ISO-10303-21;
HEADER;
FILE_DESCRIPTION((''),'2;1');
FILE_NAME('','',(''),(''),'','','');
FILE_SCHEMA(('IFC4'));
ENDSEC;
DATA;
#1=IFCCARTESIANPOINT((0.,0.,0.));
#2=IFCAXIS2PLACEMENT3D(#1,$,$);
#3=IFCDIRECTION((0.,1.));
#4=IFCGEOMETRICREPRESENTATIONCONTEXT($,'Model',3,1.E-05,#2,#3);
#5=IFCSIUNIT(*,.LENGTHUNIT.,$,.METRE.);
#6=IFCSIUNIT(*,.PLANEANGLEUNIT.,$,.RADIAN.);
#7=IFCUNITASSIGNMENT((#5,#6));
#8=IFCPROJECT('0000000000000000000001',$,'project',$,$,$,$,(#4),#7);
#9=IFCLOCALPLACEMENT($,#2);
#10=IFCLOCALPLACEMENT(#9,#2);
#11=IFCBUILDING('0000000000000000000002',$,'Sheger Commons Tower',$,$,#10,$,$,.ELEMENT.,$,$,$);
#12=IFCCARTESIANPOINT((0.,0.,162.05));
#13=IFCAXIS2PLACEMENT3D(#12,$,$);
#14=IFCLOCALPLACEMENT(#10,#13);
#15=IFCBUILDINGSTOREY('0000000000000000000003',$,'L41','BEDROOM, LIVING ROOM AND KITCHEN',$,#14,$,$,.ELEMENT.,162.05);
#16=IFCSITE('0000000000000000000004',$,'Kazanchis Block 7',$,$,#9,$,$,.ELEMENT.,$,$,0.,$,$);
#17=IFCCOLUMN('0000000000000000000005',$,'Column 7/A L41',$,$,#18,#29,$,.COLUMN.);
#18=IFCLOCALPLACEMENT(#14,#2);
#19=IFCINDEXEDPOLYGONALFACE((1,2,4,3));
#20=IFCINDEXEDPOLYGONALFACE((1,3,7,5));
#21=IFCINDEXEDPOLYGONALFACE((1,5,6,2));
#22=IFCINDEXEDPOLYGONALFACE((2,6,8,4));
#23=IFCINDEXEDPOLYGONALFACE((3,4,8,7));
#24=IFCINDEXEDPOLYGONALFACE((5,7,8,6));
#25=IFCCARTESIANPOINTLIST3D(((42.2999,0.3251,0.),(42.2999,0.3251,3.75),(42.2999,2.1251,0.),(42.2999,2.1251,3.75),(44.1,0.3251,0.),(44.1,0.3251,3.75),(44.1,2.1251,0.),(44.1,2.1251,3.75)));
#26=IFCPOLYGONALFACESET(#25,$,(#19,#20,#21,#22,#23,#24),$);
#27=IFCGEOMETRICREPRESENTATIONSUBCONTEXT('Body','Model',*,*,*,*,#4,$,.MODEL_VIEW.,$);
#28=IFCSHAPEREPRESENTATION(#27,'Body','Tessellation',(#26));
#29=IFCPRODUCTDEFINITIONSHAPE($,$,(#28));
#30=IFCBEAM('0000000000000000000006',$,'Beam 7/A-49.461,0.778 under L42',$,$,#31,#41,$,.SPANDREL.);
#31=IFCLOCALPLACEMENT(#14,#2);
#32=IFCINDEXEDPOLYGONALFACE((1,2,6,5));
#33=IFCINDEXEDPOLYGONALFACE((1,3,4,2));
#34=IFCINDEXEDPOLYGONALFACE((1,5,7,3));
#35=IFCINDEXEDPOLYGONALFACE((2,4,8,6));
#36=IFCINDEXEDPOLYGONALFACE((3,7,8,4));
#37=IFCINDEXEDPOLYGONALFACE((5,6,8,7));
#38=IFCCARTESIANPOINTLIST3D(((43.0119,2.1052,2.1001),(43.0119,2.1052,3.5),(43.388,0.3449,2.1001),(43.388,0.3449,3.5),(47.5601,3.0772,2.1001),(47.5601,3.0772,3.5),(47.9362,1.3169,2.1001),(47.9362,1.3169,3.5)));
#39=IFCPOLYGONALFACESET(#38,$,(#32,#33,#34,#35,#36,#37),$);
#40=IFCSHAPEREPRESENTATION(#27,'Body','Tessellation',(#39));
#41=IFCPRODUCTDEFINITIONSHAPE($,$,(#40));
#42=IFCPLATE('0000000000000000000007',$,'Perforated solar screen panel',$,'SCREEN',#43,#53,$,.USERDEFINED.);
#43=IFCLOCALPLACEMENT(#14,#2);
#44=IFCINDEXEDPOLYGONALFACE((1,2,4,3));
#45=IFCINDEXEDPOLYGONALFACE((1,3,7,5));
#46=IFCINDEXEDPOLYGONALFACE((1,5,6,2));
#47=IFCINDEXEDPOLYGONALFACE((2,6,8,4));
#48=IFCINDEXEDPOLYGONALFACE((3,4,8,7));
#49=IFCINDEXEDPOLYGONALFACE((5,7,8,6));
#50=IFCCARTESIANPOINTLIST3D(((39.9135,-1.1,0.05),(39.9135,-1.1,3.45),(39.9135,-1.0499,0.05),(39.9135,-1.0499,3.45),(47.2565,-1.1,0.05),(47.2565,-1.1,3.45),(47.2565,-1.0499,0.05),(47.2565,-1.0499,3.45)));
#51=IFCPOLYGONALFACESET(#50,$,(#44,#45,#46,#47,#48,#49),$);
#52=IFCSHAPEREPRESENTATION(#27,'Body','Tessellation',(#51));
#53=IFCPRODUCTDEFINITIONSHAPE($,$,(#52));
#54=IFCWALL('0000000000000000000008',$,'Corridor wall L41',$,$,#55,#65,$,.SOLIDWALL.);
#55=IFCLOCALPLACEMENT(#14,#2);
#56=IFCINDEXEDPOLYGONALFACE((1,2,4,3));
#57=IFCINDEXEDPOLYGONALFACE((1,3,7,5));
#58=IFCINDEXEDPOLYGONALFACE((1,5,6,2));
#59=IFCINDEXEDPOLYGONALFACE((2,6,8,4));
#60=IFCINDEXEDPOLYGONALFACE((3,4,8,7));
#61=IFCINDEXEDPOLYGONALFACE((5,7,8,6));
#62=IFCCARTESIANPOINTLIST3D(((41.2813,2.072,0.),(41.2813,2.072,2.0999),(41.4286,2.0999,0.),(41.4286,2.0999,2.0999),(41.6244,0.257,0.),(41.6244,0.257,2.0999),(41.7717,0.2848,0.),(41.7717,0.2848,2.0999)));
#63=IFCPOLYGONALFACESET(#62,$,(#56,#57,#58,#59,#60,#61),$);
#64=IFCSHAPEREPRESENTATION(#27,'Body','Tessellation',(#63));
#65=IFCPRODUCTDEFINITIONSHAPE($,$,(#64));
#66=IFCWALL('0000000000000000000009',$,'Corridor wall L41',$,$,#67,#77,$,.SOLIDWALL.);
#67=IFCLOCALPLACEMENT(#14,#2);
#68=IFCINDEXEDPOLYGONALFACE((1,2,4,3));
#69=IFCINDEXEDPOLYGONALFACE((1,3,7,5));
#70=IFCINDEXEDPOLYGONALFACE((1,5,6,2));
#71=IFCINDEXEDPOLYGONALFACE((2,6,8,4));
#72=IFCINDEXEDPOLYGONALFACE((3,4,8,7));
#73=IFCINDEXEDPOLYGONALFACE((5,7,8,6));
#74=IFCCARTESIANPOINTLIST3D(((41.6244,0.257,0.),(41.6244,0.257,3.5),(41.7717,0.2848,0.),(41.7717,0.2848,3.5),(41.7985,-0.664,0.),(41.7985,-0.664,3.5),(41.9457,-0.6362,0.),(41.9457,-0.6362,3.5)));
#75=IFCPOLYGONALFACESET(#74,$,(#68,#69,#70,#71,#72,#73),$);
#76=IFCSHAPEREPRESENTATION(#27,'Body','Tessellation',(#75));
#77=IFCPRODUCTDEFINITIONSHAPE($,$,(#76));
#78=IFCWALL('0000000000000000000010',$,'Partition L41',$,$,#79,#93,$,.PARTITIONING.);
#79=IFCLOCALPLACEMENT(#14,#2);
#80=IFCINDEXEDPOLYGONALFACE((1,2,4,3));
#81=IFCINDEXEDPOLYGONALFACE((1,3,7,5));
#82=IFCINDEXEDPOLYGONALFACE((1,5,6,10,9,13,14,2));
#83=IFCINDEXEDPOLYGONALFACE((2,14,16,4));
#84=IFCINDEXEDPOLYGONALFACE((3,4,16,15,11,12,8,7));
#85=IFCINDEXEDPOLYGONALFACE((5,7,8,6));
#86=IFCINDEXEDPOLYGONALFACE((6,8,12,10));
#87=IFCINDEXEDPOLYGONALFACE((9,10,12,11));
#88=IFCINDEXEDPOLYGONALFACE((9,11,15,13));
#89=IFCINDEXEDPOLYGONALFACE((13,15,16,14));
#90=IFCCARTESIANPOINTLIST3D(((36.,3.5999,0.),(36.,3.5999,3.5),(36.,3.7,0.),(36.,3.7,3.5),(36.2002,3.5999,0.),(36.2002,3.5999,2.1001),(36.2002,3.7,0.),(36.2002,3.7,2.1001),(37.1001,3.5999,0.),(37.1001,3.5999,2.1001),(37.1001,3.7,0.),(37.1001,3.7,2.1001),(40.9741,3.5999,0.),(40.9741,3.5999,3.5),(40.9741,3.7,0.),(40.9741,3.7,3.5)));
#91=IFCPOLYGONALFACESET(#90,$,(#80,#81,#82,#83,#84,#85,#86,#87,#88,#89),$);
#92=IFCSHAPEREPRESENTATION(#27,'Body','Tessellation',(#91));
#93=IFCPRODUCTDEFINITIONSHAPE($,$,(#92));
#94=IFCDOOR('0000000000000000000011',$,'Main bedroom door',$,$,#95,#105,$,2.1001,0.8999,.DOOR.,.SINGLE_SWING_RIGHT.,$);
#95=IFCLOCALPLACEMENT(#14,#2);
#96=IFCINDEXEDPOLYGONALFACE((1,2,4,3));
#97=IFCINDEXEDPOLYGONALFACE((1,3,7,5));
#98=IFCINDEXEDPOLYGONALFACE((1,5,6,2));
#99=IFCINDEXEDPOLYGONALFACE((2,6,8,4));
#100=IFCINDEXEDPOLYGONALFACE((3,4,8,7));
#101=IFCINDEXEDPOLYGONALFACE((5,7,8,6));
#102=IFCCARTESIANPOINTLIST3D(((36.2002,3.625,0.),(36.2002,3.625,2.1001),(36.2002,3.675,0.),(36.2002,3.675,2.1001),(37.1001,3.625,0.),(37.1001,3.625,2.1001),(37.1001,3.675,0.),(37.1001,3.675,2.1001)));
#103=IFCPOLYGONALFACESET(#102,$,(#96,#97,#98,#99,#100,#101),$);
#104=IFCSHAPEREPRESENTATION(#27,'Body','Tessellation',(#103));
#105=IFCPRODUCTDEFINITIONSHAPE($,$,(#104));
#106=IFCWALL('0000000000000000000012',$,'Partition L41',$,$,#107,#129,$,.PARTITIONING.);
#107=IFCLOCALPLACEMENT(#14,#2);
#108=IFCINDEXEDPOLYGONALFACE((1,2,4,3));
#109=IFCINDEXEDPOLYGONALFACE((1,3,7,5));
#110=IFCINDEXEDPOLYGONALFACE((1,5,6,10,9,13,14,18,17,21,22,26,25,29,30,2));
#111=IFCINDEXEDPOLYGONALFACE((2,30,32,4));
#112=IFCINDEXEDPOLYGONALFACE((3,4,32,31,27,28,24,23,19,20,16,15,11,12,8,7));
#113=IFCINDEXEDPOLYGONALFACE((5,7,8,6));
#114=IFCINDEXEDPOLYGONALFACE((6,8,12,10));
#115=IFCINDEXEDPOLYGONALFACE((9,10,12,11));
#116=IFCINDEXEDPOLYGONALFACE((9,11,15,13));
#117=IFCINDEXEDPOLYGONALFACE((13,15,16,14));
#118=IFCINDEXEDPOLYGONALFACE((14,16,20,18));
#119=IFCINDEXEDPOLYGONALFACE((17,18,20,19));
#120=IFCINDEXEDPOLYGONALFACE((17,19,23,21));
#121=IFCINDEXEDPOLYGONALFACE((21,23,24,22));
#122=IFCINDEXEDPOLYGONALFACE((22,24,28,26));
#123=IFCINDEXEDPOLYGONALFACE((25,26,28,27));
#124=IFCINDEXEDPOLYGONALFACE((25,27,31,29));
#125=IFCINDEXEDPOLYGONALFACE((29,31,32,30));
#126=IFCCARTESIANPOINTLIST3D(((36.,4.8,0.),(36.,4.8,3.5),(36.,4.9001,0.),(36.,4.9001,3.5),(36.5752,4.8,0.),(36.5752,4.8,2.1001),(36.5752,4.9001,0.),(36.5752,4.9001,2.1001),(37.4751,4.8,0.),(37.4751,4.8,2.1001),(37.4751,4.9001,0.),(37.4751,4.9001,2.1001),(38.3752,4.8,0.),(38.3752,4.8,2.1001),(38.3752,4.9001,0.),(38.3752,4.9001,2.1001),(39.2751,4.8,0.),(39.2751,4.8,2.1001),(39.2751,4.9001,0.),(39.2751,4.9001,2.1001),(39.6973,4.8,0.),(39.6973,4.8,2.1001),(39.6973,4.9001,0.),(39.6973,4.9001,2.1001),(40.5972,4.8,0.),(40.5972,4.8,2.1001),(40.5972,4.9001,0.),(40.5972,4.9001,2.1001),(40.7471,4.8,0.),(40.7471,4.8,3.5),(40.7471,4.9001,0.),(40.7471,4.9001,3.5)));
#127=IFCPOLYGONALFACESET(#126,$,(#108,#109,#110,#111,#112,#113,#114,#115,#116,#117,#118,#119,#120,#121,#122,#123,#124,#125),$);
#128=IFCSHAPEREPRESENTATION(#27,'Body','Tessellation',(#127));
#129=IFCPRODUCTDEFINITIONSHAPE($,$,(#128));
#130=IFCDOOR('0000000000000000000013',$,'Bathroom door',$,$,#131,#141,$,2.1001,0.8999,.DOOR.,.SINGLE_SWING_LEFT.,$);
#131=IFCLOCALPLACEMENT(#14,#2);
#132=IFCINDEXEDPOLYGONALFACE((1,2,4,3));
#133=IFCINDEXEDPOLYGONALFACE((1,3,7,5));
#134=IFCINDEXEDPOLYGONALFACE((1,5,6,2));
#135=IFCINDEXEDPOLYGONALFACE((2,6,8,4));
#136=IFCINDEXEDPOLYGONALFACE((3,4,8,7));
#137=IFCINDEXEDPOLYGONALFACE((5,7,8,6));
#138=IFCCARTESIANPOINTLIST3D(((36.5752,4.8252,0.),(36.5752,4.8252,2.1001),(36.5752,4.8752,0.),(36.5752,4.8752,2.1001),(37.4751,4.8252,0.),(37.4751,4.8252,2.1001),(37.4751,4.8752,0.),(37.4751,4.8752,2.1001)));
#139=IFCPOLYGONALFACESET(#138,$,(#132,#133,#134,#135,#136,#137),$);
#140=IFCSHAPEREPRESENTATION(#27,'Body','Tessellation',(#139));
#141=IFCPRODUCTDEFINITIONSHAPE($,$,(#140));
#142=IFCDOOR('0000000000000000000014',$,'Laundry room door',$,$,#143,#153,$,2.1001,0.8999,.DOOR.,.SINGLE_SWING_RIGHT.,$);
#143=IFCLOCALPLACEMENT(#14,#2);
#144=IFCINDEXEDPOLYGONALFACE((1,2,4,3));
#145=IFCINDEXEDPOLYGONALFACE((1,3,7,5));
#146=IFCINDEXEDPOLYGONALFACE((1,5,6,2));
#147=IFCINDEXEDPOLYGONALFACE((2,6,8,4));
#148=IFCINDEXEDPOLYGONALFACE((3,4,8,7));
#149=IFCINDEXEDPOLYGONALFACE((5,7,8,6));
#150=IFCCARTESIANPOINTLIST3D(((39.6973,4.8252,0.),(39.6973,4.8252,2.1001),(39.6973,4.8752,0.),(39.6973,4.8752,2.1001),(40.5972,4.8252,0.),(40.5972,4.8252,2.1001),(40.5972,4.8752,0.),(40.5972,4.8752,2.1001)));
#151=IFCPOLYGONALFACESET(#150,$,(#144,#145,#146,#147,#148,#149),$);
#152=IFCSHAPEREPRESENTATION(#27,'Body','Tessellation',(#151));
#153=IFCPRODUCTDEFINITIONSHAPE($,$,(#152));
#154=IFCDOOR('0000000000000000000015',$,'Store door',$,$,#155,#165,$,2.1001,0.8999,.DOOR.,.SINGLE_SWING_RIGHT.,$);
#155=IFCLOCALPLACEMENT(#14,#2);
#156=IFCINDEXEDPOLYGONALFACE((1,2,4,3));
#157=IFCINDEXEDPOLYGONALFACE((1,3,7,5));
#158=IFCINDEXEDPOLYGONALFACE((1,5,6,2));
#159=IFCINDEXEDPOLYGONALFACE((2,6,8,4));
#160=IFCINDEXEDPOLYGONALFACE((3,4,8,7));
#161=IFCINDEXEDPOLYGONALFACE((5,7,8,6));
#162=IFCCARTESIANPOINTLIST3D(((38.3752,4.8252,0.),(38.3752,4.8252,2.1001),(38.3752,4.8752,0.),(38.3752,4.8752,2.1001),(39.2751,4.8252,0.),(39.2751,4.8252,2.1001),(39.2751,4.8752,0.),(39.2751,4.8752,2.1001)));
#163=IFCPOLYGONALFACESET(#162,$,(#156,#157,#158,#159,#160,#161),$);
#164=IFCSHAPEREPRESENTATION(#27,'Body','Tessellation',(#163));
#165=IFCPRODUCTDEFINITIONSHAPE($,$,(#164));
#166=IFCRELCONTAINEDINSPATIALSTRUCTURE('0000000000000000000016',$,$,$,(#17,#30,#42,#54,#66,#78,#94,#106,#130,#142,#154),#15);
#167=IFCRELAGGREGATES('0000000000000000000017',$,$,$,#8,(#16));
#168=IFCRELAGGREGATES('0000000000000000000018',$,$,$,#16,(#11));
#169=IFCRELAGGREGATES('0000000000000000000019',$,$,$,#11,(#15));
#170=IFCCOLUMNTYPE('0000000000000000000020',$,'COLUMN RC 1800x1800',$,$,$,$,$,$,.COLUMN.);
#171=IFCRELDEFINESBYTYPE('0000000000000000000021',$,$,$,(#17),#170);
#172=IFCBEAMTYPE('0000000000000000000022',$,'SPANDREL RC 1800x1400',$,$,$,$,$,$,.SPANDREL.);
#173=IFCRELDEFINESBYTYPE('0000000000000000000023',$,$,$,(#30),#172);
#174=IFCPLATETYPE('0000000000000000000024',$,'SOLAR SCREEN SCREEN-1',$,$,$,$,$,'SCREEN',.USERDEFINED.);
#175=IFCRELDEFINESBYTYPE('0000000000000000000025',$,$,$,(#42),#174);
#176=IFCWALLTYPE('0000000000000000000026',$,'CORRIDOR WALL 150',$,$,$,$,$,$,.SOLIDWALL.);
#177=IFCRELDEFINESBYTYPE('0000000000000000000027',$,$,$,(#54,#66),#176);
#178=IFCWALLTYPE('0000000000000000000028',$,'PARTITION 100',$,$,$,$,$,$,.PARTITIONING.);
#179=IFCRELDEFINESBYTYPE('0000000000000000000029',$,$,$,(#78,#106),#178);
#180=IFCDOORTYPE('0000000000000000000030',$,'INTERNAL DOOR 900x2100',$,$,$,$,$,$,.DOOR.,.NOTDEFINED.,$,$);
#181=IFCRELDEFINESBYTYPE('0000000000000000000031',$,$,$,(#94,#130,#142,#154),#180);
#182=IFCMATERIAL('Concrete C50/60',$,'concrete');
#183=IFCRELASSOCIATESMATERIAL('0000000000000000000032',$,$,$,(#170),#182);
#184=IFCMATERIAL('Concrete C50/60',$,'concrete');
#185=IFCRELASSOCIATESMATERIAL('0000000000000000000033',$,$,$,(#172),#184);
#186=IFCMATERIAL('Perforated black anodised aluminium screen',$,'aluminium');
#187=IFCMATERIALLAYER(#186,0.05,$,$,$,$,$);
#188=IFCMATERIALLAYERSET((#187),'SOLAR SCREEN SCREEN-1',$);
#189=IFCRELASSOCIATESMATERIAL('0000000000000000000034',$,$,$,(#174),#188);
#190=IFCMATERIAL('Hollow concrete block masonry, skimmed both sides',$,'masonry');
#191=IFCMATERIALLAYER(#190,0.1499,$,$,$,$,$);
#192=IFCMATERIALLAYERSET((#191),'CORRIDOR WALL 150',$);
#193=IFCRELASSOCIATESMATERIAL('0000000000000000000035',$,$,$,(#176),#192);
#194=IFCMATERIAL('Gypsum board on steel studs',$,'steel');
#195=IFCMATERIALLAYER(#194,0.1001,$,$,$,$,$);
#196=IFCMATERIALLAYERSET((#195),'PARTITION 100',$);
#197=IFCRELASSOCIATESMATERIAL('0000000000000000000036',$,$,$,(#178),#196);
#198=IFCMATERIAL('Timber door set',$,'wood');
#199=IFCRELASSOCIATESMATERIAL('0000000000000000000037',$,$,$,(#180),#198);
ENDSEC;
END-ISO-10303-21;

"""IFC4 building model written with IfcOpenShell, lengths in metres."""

from ifc_helpers import new_model, si_unit, direction, frame, frame_2d, origin, origin_2d, place, context, subcontext, project, spatial, rectangle, extrude, material, layer, layer_set, material_profile, profile_set, type_object, element, fill, save


model = new_model("IFC4")

# Units and contexts
model_context = context("Model", 3, precision=1e-05, world=origin(), true_north=direction((0.0, 1.0)))
body_context = subcontext(model_context, "Body", "Model", "MODEL_VIEW")
ifc_project = project(units=[si_unit("LENGTHUNIT", "METRE"), si_unit("PLANEANGLEUNIT", "RADIAN")], contexts=[model_context])

# Site, building, storey
site_placement = place(None, origin())
site = spatial("IfcSite", under=ifc_project, at=site_placement, Name="Kazanchis Block 7", CompositionType="ELEMENT", RefElevation=0.0)
building_placement = place(site_placement, origin())
building = spatial("IfcBuilding", under=site, at=building_placement, Name="Sheger Commons Tower", CompositionType="ELEMENT")
storey_placement = place(building_placement, frame((0.0, 0.0, 162.05)))
storey = spatial("IfcBuildingStorey", under=building, at=storey_placement, Name="L41", Description="BEDROOM, LIVING ROOM AND KITCHEN", CompositionType="ELEMENT", Elevation=162.05)

# Column
ifc_material_1 = material(Name="Concrete C50/60", Category="concrete")
ifc_material_profile_1 = material_profile(ifc_material_1, rectangle(XDim=1.8, YDim=1.8, at=origin_2d()), Name="RC 1800x1800")
ifc_profile_set_1 = profile_set([ifc_material_profile_1], Name="Concrete C50/60")
column_type = type_object("IfcColumnType", Name="COLUMN RC 1800x1800", PredefinedType="COLUMN", material=ifc_profile_set_1)
column_placement = place(storey_placement, frame((43.2, 1.2251, 0.0), z_axis=(0.0, 0.0, 1.0), x_axis=(1.0, 0.0, 0.0)))
element("IfcColumn", 1, at=column_placement, inside=storey, type_object=column_type, Name="Column 7/A L41", PredefinedType="COLUMN", context=body_context, shape_type="SweptSolid", body=[
    extrude(rectangle(XDim=1.8, YDim=1.8, at=origin_2d()), origin(), (0.0, 0.0, 1.0), 3.75),
])

# Beam
ifc_material_2 = material(Name="Concrete C50/60", Category="concrete")
ifc_material_profile_2 = material_profile(ifc_material_2, rectangle(XDim=1.8, YDim=1.3999, at=origin_2d()), Name="RC 1800x1400")
ifc_profile_set_2 = profile_set([ifc_material_profile_2], Name="Concrete C50/60")
beam_type = type_object("IfcBeamType", Name="SPANDREL RC 1800x1400", PredefinedType="SPANDREL", material=ifc_profile_set_2)
beam_placement = place(storey_placement, frame((43.2, 1.2251, 2.8), z_axis=(0.97792, 0.208981, 0.0), x_axis=(-0.208981, 0.97792, 0.0)))
element("IfcBeam", 2, at=beam_placement, inside=storey, type_object=beam_type, Name="Beam 7/A-49.461,0.778 under L42", PredefinedType="SPANDREL", context=body_context, shape_type="SweptSolid", body=[
    extrude(rectangle(XDim=1.8, YDim=1.3999, at=origin_2d()), origin(), (0.0, 0.0, 1.0), 4.6509),
])

# Plate
ifc_material_3 = material(Name="Perforated black anodised aluminium screen", Category="aluminium")
ifc_layer_1 = layer(ifc_material_3, 0.05)
ifc_layer_set_1 = layer_set([ifc_layer_1], Name="SOLAR SCREEN SCREEN-1")
plate_type = type_object("IfcPlateType", Name="SOLAR SCREEN SCREEN-1", ElementType="SCREEN", PredefinedType="USERDEFINED", material=ifc_layer_set_1)
plate_placement = place(storey_placement, frame((43.585, -1.075, 0.05), z_axis=(0.0, 0.0, 1.0), x_axis=(1.0, 0.0, 0.0)))
element("IfcPlate", 3, at=plate_placement, inside=storey, type_object=plate_type, Name="Perforated solar screen panel", ObjectType="SCREEN", PredefinedType="USERDEFINED", context=body_context, shape_type="SweptSolid", body=[
    extrude(rectangle(XDim=7.343, YDim=0.05, at=origin_2d()), origin(), (0.0, 0.0, 1.0), 3.3999),
])

# Walls
ifc_material_4 = material(Name="Hollow concrete block masonry, skimmed both sides", Category="masonry")
ifc_layer_2 = layer(ifc_material_4, 0.1499)
ifc_layer_set_2 = layer_set([ifc_layer_2], Name="CORRIDOR WALL 150")
wall_type_1 = type_object("IfcWallType", Name="CORRIDOR WALL 150", PredefinedType="SOLIDWALL", material=ifc_layer_set_2)
wall_1_placement = place(storey_placement, frame((41.355, 2.0859, 0.0), z_axis=(0.0, 0.0, 1.0), x_axis=(0.185709, -0.982605, 0.0)))
element("IfcWall", 4, at=wall_1_placement, inside=storey, type_object=wall_type_1, Name="Corridor wall L41", PredefinedType="SOLIDWALL", context=body_context, shape_type="SweptSolid", body=[
    extrude(rectangle(XDim=1.8472, YDim=0.1499, at=frame_2d((0.9236, 0.0))), origin(), (0.0, 0.0, 1.0), 2.0999),
])
wall_2_placement = place(storey_placement, frame((41.698, 0.271, 0.0), z_axis=(0.0, 0.0, 1.0), x_axis=(0.185735, -0.9826, 0.0)))
element("IfcWall", 5, at=wall_2_placement, inside=storey, type_object=wall_type_1, Name="Corridor wall L41", PredefinedType="SOLIDWALL", context=body_context, shape_type="SweptSolid", body=[
    extrude(rectangle(XDim=0.9373, YDim=0.1499, at=frame_2d((0.4688, 0.0))), origin(), (0.0, 0.0, 1.0), 3.5),
])

# Wall, opening, door
ifc_material_5 = material(Name="Gypsum board on steel studs", Category="steel")
ifc_layer_3 = layer(ifc_material_5, 0.1001)
ifc_layer_set_3 = layer_set([ifc_layer_3], Name="PARTITION 100")
wall_type_2 = type_object("IfcWallType", Name="PARTITION 100", PredefinedType="PARTITIONING", material=ifc_layer_set_3)
wall_3_placement = place(storey_placement, frame((40.9741, 3.6499, 0.0), z_axis=(0.0, 0.0, 1.0), x_axis=(-1.0, 0.0, 0.0)))
wall_3 = element("IfcWall", 6, at=wall_3_placement, inside=storey, type_object=wall_type_2, Name="Partition L41", PredefinedType="PARTITIONING", context=body_context, shape_type="SweptSolid", body=[
    extrude(rectangle(XDim=4.9741, YDim=0.1001, at=frame_2d((2.4871, 0.0))), origin(), (0.0, 0.0, 1.0), 3.5),
])
opening_1_placement = place(wall_3_placement, frame((3.874, 0.0, 0.0)))
opening_1 = element("IfcOpeningElement", 7, at=opening_1_placement, cuts=wall_3, PredefinedType="OPENING", context=body_context, shape_type="SweptSolid", body=[
    extrude(rectangle(XDim=0.8999, YDim=2.1001, at=frame_2d((0.45, 1.05))), frame((0.0, 0.0601, 0.0), z_axis=(0.0, -1.0, 0.0), x_axis=(1.0, 0.0, 0.0)), (0.0, 0.0, 1.0), 0.1201),
])
ifc_material_6 = material(Name="Timber door set", Category="wood")
door_type = type_object("IfcDoorType", Name="INTERNAL DOOR 900x2100", OperationType="NOTDEFINED", PredefinedType="DOOR", material=ifc_material_6)
door_1_placement = place(opening_1_placement, origin())
door_1 = element("IfcDoor", 8, at=door_1_placement, inside=storey, type_object=door_type, Name="Main bedroom door", OperationType="SINGLE_SWING_RIGHT", OverallHeight=2.1001, OverallWidth=0.8999, PredefinedType="DOOR", context=body_context, shape_type="SweptSolid", body=[
    extrude(rectangle(XDim=0.8999, YDim=2.1001, at=frame_2d((0.45, 1.05))), frame((0.0, 0.0249, 0.0), z_axis=(0.0, -1.0, 0.0), x_axis=(1.0, 0.0, 0.0)), (0.0, 0.0, 1.0), 0.05),
])
fill(opening_1, door_1)

# Wall, openings, doors
wall_4_placement = place(storey_placement, frame((40.7471, 4.8501, 0.0), z_axis=(0.0, 0.0, 1.0), x_axis=(-1.0, 0.0, 0.0)))
wall_4 = element("IfcWall", 9, at=wall_4_placement, inside=storey, type_object=wall_type_2, Name="Partition L41", PredefinedType="PARTITIONING", context=body_context, shape_type="SweptSolid", body=[
    extrude(rectangle(XDim=4.7471, YDim=0.1001, at=frame_2d((2.3735, 0.0))), origin(), (0.0, 0.0, 1.0), 3.5),
])
opening_2_placement = place(wall_4_placement, frame((3.272, 0.0, 0.0)))
opening_2 = element("IfcOpeningElement", 10, at=opening_2_placement, cuts=wall_4, PredefinedType="OPENING", context=body_context, shape_type="SweptSolid", body=[
    extrude(rectangle(XDim=0.8999, YDim=2.1001, at=frame_2d((0.45, 1.05))), frame((0.0, 0.0601, 0.0), z_axis=(0.0, -1.0, 0.0), x_axis=(1.0, 0.0, 0.0)), (0.0, 0.0, 1.0), 0.1201),
])
opening_3_placement = place(wall_4_placement, frame((0.1499, 0.0, 0.0)))
opening_3 = element("IfcOpeningElement", 11, at=opening_3_placement, cuts=wall_4, PredefinedType="OPENING", context=body_context, shape_type="SweptSolid", body=[
    extrude(rectangle(XDim=0.8999, YDim=2.1001, at=frame_2d((0.45, 1.05))), frame((0.0, 0.0601, 0.0), z_axis=(0.0, -1.0, 0.0), x_axis=(1.0, 0.0, 0.0)), (0.0, 0.0, 1.0), 0.1201),
])
opening_4_placement = place(wall_4_placement, frame((1.4719, 0.0, 0.0)))
opening_4 = element("IfcOpeningElement", 12, at=opening_4_placement, cuts=wall_4, PredefinedType="OPENING", context=body_context, shape_type="SweptSolid", body=[
    extrude(rectangle(XDim=0.8999, YDim=2.1001, at=frame_2d((0.45, 1.05))), frame((0.0, 0.0601, 0.0), z_axis=(0.0, -1.0, 0.0), x_axis=(1.0, 0.0, 0.0)), (0.0, 0.0, 1.0), 0.1201),
])
door_2_placement = place(opening_2_placement, origin())
door_2 = element("IfcDoor", 13, at=door_2_placement, inside=storey, type_object=door_type, Name="Bathroom door", OperationType="SINGLE_SWING_LEFT", OverallHeight=2.1001, OverallWidth=0.8999, PredefinedType="DOOR", context=body_context, shape_type="SweptSolid", body=[
    extrude(rectangle(XDim=0.8999, YDim=2.1001, at=frame_2d((0.45, 1.05))), frame((0.0, 0.0249, 0.0), z_axis=(0.0, -1.0, 0.0), x_axis=(1.0, 0.0, 0.0)), (0.0, 0.0, 1.0), 0.05),
])
fill(opening_2, door_2)
door_3_placement = place(opening_3_placement, origin())
door_3 = element("IfcDoor", 14, at=door_3_placement, inside=storey, type_object=door_type, Name="Laundry room door", OperationType="SINGLE_SWING_RIGHT", OverallHeight=2.1001, OverallWidth=0.8999, PredefinedType="DOOR", context=body_context, shape_type="SweptSolid", body=[
    extrude(rectangle(XDim=0.8999, YDim=2.1001, at=frame_2d((0.45, 1.05))), frame((0.0, 0.0249, 0.0), z_axis=(0.0, -1.0, 0.0), x_axis=(1.0, 0.0, 0.0)), (0.0, 0.0, 1.0), 0.05),
])
fill(opening_3, door_3)
door_4_placement = place(opening_4_placement, origin())
door_4 = element("IfcDoor", 15, at=door_4_placement, inside=storey, type_object=door_type, Name="Store door", OperationType="SINGLE_SWING_RIGHT", OverallHeight=2.1001, OverallWidth=0.8999, PredefinedType="DOOR", context=body_context, shape_type="SweptSolid", body=[
    extrude(rectangle(XDim=0.8999, YDim=2.1001, at=frame_2d((0.45, 1.05))), frame((0.0, 0.0249, 0.0), z_axis=(0.0, -1.0, 0.0), x_axis=(1.0, 0.0, 0.0)), (0.0, 0.0, 1.0), 0.05),
])
fill(opening_4, door_4)

save(model, "model.ifc")
